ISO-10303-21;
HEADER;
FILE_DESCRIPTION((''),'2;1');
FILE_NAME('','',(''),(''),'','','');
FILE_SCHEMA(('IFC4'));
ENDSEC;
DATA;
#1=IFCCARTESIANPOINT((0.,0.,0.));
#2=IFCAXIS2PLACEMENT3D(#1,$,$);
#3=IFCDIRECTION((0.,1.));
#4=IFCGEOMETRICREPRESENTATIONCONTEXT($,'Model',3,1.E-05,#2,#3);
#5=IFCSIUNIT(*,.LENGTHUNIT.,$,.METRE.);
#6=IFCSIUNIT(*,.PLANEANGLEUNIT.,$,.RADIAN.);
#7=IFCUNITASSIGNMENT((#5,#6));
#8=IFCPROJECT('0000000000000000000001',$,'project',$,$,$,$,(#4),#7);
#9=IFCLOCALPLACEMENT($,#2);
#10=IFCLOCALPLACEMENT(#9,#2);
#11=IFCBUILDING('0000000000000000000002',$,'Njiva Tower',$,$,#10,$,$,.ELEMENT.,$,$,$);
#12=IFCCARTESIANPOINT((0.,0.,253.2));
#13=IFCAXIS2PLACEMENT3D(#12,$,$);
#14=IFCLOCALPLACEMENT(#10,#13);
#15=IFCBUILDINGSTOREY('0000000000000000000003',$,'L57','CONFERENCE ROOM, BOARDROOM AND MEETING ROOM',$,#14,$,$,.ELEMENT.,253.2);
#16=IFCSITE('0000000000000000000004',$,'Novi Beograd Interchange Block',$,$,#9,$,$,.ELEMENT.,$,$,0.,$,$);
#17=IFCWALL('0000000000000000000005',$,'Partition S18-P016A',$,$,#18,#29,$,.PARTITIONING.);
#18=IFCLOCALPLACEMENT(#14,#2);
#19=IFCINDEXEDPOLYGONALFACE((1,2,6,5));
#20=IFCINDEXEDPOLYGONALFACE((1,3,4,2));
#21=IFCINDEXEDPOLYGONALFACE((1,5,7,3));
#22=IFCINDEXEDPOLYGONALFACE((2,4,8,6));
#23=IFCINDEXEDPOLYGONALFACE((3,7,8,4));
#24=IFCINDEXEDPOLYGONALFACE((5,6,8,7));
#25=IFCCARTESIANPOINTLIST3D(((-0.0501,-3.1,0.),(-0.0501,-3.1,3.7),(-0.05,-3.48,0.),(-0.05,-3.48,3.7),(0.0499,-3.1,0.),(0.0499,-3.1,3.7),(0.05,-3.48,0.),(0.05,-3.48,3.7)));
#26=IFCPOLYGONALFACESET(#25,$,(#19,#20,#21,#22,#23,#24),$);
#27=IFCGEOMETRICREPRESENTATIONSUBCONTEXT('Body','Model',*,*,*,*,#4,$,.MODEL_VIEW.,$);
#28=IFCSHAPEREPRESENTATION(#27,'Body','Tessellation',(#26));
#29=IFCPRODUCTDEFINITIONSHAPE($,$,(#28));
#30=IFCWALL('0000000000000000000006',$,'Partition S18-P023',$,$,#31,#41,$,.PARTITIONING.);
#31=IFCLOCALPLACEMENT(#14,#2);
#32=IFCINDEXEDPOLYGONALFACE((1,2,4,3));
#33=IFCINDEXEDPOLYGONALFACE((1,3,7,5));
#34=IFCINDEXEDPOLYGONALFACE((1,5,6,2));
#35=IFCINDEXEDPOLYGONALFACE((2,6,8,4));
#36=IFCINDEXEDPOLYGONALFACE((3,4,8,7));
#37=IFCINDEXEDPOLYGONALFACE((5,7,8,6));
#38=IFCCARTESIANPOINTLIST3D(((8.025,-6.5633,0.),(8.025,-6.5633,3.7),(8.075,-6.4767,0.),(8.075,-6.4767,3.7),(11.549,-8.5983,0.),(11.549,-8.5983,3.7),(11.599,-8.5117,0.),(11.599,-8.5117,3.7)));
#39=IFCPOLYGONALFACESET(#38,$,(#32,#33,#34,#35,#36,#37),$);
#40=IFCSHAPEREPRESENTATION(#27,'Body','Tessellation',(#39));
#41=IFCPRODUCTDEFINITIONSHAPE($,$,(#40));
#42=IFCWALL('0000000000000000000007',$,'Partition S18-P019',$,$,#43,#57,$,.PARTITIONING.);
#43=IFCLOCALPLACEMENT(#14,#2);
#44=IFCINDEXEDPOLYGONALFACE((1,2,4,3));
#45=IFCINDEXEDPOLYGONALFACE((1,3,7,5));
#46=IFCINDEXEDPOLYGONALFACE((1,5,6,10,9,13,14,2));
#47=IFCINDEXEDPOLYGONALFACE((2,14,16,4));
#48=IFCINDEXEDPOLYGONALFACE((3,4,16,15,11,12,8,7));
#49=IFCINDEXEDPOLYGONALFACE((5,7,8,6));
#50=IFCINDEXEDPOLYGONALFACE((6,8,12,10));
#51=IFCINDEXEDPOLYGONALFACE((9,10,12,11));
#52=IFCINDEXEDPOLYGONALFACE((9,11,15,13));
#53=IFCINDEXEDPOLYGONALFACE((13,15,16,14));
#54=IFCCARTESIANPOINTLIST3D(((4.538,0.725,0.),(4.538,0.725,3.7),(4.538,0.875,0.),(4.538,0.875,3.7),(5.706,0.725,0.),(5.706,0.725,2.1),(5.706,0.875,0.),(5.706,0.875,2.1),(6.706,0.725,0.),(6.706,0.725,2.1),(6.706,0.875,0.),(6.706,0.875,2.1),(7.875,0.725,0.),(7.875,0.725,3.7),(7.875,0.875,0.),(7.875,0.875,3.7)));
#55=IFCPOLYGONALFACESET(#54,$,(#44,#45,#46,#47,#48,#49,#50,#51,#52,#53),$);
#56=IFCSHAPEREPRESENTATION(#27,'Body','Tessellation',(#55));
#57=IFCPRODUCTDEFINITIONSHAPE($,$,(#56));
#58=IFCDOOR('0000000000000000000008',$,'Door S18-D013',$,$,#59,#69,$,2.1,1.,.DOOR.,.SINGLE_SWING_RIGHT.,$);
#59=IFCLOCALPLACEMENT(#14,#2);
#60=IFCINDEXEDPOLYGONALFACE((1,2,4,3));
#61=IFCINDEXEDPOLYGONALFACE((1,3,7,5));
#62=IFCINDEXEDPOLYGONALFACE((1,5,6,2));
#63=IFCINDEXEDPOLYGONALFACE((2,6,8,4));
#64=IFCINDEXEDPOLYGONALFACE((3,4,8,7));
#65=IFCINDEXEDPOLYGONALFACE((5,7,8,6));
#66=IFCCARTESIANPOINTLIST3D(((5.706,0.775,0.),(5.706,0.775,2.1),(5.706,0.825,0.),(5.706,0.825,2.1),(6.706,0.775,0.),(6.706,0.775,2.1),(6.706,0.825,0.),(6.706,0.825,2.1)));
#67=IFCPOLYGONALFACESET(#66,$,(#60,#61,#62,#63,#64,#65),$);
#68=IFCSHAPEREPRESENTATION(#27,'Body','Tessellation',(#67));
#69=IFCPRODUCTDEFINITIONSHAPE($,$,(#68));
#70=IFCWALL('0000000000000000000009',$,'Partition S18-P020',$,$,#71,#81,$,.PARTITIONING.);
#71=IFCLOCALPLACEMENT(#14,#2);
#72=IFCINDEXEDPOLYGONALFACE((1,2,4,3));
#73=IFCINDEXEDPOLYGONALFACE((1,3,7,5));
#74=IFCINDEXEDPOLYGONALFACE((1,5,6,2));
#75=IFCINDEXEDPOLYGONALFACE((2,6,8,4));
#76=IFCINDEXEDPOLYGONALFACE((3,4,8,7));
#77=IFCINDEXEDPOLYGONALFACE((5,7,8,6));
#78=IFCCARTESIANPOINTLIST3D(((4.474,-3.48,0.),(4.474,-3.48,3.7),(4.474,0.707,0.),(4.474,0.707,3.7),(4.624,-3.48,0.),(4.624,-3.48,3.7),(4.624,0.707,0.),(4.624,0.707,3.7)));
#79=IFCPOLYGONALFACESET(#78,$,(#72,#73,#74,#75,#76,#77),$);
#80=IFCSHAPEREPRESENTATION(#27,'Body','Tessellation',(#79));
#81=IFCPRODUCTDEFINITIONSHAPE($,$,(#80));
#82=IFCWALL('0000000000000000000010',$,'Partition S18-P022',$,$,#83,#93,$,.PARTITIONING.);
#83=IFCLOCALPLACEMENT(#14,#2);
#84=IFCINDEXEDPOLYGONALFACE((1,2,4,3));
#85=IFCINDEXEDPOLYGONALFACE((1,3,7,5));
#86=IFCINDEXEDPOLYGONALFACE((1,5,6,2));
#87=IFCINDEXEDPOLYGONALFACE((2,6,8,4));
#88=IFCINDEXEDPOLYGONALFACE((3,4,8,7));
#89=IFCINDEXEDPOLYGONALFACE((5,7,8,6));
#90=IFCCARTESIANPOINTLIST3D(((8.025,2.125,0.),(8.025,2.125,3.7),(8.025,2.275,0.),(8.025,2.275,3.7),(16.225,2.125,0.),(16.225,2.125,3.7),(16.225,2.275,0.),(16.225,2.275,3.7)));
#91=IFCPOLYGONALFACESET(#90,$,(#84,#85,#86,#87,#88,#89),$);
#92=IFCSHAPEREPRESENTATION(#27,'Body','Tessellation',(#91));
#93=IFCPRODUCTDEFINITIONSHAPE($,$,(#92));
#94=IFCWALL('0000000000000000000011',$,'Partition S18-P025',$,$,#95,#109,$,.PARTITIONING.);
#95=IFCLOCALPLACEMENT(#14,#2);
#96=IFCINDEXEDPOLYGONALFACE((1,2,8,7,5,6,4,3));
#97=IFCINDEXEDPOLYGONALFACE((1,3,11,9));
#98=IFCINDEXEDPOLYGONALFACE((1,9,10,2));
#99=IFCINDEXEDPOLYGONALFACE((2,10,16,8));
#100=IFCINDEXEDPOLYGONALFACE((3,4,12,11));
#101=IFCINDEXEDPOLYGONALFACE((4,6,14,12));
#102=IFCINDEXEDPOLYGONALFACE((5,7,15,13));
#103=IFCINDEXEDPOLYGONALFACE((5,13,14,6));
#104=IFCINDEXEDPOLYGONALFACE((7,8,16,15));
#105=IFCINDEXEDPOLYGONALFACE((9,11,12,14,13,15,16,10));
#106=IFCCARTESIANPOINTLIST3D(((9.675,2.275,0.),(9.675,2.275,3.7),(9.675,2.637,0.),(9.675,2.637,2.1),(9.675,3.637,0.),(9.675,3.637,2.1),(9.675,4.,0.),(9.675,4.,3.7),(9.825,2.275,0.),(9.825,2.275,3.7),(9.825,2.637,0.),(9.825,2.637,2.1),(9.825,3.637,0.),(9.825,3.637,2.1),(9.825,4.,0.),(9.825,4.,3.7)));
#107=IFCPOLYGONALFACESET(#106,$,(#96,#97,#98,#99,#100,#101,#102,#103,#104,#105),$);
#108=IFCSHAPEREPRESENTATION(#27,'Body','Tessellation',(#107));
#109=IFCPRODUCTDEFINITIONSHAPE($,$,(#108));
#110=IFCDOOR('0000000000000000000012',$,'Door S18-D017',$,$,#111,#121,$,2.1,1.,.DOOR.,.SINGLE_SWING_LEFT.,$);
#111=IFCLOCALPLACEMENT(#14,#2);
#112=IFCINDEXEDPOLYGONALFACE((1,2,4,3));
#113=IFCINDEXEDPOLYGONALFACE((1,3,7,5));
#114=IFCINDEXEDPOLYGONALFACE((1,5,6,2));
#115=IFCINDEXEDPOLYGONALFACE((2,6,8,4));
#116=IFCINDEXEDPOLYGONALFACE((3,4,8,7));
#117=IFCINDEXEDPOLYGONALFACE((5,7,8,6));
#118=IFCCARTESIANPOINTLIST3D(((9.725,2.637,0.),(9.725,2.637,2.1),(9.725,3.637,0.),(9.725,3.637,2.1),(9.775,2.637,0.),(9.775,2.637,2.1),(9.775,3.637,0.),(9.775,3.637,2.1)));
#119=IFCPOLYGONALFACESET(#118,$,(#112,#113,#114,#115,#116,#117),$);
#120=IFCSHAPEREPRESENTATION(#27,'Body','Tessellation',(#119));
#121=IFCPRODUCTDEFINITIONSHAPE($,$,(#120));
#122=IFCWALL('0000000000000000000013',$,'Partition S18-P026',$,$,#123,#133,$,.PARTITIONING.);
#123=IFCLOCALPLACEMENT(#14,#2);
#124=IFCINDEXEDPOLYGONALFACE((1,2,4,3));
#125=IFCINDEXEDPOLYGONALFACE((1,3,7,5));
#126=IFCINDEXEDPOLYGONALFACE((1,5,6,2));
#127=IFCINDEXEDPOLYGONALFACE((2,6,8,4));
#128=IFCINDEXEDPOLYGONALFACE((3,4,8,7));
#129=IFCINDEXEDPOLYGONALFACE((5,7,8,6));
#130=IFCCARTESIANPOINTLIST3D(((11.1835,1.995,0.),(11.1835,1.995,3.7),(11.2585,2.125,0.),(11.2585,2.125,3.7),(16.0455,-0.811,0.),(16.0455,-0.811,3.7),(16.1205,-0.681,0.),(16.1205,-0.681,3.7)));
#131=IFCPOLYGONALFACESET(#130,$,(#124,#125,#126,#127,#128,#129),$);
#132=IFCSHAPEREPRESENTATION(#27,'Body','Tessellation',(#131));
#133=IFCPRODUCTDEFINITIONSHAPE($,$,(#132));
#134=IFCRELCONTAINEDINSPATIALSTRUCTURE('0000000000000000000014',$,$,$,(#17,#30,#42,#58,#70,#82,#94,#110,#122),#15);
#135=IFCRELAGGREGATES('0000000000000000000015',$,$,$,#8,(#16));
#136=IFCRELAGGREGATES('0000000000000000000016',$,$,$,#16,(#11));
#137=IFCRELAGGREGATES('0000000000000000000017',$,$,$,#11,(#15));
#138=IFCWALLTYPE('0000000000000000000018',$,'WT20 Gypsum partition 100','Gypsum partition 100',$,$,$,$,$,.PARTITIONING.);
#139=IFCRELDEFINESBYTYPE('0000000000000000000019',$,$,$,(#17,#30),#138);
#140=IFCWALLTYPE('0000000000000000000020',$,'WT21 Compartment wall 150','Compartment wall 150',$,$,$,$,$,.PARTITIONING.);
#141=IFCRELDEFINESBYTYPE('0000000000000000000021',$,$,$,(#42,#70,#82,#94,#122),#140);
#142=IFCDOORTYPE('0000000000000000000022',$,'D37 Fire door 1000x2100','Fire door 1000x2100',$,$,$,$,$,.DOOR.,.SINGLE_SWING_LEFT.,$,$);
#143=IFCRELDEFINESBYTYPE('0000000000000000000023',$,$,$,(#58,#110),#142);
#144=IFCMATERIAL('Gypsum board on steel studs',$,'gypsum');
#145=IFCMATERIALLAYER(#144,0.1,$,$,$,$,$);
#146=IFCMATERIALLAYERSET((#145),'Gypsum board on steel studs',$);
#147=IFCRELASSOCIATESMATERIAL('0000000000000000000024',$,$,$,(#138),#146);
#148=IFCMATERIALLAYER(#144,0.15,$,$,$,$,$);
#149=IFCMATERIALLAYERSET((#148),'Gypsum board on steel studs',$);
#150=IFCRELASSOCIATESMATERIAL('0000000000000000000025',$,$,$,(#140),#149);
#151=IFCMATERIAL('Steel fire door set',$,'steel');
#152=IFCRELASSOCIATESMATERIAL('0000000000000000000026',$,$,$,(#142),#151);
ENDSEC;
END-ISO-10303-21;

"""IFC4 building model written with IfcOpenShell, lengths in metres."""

from ifc_helpers import new_model, si_unit, direction, frame, frame_2d, origin, place, context, subcontext, project, spatial, rectangle, extrude, material, layer, layer_set, type_object, element, fill, save


model = new_model("IFC4")

# Units and contexts
model_context = context("Model", 3, precision=1e-05, world=origin(), true_north=direction((0.0, 1.0)))
body_context = subcontext(model_context, "Body", "Model", "MODEL_VIEW")
ifc_project = project(units=[si_unit("LENGTHUNIT", "METRE"), si_unit("PLANEANGLEUNIT", "RADIAN")], contexts=[model_context])

# Site, building, storey
site_placement = place(None, origin())
site = spatial("IfcSite", under=ifc_project, at=site_placement, Name="Novi Beograd Interchange Block", CompositionType="ELEMENT", RefElevation=0.0)
building_placement = place(site_placement, origin())
building = spatial("IfcBuilding", under=site, at=building_placement, Name="Njiva Tower", CompositionType="ELEMENT")
storey_placement = place(building_placement, frame((0.0, 0.0, 253.2)))
storey = spatial("IfcBuildingStorey", under=building, at=storey_placement, Name="L57", Description="CONFERENCE ROOM, BOARDROOM AND MEETING ROOM", CompositionType="ELEMENT", Elevation=253.2)

# Walls
ifc_material_1 = material(Name="Gypsum board on steel studs", Category="gypsum")
ifc_layer_1 = layer(ifc_material_1, 0.1)
ifc_layer_set_1 = layer_set([ifc_layer_1], Name="Gypsum board on steel studs")
wall_type_1 = type_object("IfcWallType", Name="WT20 Gypsum partition 100", Description="Gypsum partition 100", PredefinedType="PARTITIONING", material=ifc_layer_set_1)
wall_1_placement = place(storey_placement, frame((-0.0001, -3.1, 0.0), z_axis=(0.0, 0.0, 1.0), x_axis=(0.000263, -1.0, 0.0)))
element("IfcWall", 1, at=wall_1_placement, inside=storey, type_object=wall_type_1, Name="Partition S18-P016A", PredefinedType="PARTITIONING", context=body_context, shape_type="SweptSolid", body=[
    extrude(rectangle(XDim=0.38, YDim=0.1, at=frame_2d((0.19, 0.0))), origin(), (0.0, 0.0, 1.0), 3.7),
])
wall_2_placement = place(storey_placement, frame((8.05, -6.52, 0.0), z_axis=(0.0, 0.0, 1.0), x_axis=(0.865981, -0.500077, 0.0)))
element("IfcWall", 2, at=wall_2_placement, inside=storey, type_object=wall_type_1, Name="Partition S18-P023", PredefinedType="PARTITIONING", context=body_context, shape_type="SweptSolid", body=[
    extrude(rectangle(XDim=4.0694, YDim=0.1, at=frame_2d((2.0347, 0.0))), origin(), (0.0, 0.0, 1.0), 3.7),
])

# Wall, opening, door
ifc_layer_2 = layer(ifc_material_1, 0.15)
ifc_layer_set_2 = layer_set([ifc_layer_2], Name="Gypsum board on steel studs")
wall_type_2 = type_object("IfcWallType", Name="WT21 Compartment wall 150", Description="Compartment wall 150", PredefinedType="PARTITIONING", material=ifc_layer_set_2)
wall_3_placement = place(storey_placement, frame((4.538, 0.8, 0.0), z_axis=(0.0, 0.0, 1.0), x_axis=(1.0, 0.0, 0.0)))
wall_3 = element("IfcWall", 3, at=wall_3_placement, inside=storey, type_object=wall_type_2, Name="Partition S18-P019", PredefinedType="PARTITIONING", context=body_context, shape_type="SweptSolid", body=[
    extrude(rectangle(XDim=3.337, YDim=0.15, at=frame_2d((1.6685, 0.0))), origin(), (0.0, 0.0, 1.0), 3.7),
])
opening_1_placement = place(wall_3_placement, frame((1.168, 0.0, 0.0)))
opening_1 = element("IfcOpeningElement", 4, at=opening_1_placement, cuts=wall_3, PredefinedType="OPENING", context=body_context, shape_type="SweptSolid", body=[
    extrude(rectangle(XDim=1.0, YDim=2.1, at=frame_2d((0.5, 1.05))), frame((0.0, 0.085, 0.0), z_axis=(0.0, -1.0, 0.0), x_axis=(1.0, 0.0, 0.0)), (0.0, 0.0, 1.0), 0.17),
])
ifc_material_2 = material(Name="Steel fire door set", Category="steel")
door_type = type_object("IfcDoorType", Name="D37 Fire door 1000x2100", Description="Fire door 1000x2100", OperationType="SINGLE_SWING_LEFT", PredefinedType="DOOR", material=ifc_material_2)
door_1_placement = place(opening_1_placement, origin())
door_1 = element("IfcDoor", 5, at=door_1_placement, inside=storey, type_object=door_type, Name="Door S18-D013", OperationType="SINGLE_SWING_RIGHT", OverallHeight=2.1, OverallWidth=1.0, PredefinedType="DOOR", context=body_context, shape_type="SweptSolid", body=[
    extrude(rectangle(XDim=1.0, YDim=2.1, at=frame_2d((0.5, 1.05))), frame((0.0, 0.025, 0.0), z_axis=(0.0, -1.0, 0.0), x_axis=(1.0, 0.0, 0.0)), (0.0, 0.0, 1.0), 0.05),
])
fill(opening_1, door_1)

# Walls
wall_4_placement = place(storey_placement, frame((4.549, -3.48, 0.0), z_axis=(0.0, 0.0, 1.0), x_axis=(0.0, 1.0, 0.0)))
element("IfcWall", 6, at=wall_4_placement, inside=storey, type_object=wall_type_2, Name="Partition S18-P020", PredefinedType="PARTITIONING", context=body_context, shape_type="SweptSolid", body=[
    extrude(rectangle(XDim=4.187, YDim=0.15, at=frame_2d((2.0935, 0.0))), origin(), (0.0, 0.0, 1.0), 3.7),
])
wall_5_placement = place(storey_placement, frame((8.025, 2.2, 0.0), z_axis=(0.0, 0.0, 1.0), x_axis=(1.0, 0.0, 0.0)))
element("IfcWall", 7, at=wall_5_placement, inside=storey, type_object=wall_type_2, Name="Partition S18-P022", PredefinedType="PARTITIONING", context=body_context, shape_type="SweptSolid", body=[
    extrude(rectangle(XDim=8.2, YDim=0.15, at=frame_2d((4.1, 0.0))), origin(), (0.0, 0.0, 1.0), 3.7),
])

# Wall, opening, door
wall_6_placement = place(storey_placement, frame((9.75, 2.275, 0.0), z_axis=(0.0, 0.0, 1.0), x_axis=(0.0, 1.0, 0.0)))
wall_6 = element("IfcWall", 8, at=wall_6_placement, inside=storey, type_object=wall_type_2, Name="Partition S18-P025", PredefinedType="PARTITIONING", context=body_context, shape_type="SweptSolid", body=[
    extrude(rectangle(XDim=1.725, YDim=0.15, at=frame_2d((0.8625, 0.0))), origin(), (0.0, 0.0, 1.0), 3.7),
])
opening_2_placement = place(wall_6_placement, frame((0.362, 0.0, 0.0)))
opening_2 = element("IfcOpeningElement", 9, at=opening_2_placement, cuts=wall_6, PredefinedType="OPENING", context=body_context, shape_type="SweptSolid", body=[
    extrude(rectangle(XDim=1.0, YDim=2.1, at=frame_2d((0.5, 1.05))), frame((0.0, 0.085, 0.0), z_axis=(0.0, -1.0, 0.0), x_axis=(1.0, 0.0, 0.0)), (0.0, 0.0, 1.0), 0.17),
])
door_2_placement = place(opening_2_placement, origin())
door_2 = element("IfcDoor", 10, at=door_2_placement, inside=storey, type_object=door_type, Name="Door S18-D017", OperationType="SINGLE_SWING_LEFT", OverallHeight=2.1, OverallWidth=1.0, PredefinedType="DOOR", context=body_context, shape_type="SweptSolid", body=[
    extrude(rectangle(XDim=1.0, YDim=2.1, at=frame_2d((0.5, 1.05))), frame((0.0, 0.025, 0.0), z_axis=(0.0, -1.0, 0.0), x_axis=(1.0, 0.0, 0.0)), (0.0, 0.0, 1.0), 0.05),
])
fill(opening_2, door_2)

# Wall
wall_7_placement = place(storey_placement, frame((11.221, 2.06, 0.0), z_axis=(0.0, 0.0, 1.0), x_axis=(0.866108, -0.499856, 0.0)))
element("IfcWall", 11, at=wall_7_placement, inside=storey, type_object=wall_type_2, Name="Partition S18-P026", PredefinedType="PARTITIONING", context=body_context, shape_type="SweptSolid", body=[
    extrude(rectangle(XDim=5.6136, YDim=0.15, at=frame_2d((2.8068, 0.0))), origin(), (0.0, 0.0, 1.0), 3.7),
])

save(model, "model.ifc")
